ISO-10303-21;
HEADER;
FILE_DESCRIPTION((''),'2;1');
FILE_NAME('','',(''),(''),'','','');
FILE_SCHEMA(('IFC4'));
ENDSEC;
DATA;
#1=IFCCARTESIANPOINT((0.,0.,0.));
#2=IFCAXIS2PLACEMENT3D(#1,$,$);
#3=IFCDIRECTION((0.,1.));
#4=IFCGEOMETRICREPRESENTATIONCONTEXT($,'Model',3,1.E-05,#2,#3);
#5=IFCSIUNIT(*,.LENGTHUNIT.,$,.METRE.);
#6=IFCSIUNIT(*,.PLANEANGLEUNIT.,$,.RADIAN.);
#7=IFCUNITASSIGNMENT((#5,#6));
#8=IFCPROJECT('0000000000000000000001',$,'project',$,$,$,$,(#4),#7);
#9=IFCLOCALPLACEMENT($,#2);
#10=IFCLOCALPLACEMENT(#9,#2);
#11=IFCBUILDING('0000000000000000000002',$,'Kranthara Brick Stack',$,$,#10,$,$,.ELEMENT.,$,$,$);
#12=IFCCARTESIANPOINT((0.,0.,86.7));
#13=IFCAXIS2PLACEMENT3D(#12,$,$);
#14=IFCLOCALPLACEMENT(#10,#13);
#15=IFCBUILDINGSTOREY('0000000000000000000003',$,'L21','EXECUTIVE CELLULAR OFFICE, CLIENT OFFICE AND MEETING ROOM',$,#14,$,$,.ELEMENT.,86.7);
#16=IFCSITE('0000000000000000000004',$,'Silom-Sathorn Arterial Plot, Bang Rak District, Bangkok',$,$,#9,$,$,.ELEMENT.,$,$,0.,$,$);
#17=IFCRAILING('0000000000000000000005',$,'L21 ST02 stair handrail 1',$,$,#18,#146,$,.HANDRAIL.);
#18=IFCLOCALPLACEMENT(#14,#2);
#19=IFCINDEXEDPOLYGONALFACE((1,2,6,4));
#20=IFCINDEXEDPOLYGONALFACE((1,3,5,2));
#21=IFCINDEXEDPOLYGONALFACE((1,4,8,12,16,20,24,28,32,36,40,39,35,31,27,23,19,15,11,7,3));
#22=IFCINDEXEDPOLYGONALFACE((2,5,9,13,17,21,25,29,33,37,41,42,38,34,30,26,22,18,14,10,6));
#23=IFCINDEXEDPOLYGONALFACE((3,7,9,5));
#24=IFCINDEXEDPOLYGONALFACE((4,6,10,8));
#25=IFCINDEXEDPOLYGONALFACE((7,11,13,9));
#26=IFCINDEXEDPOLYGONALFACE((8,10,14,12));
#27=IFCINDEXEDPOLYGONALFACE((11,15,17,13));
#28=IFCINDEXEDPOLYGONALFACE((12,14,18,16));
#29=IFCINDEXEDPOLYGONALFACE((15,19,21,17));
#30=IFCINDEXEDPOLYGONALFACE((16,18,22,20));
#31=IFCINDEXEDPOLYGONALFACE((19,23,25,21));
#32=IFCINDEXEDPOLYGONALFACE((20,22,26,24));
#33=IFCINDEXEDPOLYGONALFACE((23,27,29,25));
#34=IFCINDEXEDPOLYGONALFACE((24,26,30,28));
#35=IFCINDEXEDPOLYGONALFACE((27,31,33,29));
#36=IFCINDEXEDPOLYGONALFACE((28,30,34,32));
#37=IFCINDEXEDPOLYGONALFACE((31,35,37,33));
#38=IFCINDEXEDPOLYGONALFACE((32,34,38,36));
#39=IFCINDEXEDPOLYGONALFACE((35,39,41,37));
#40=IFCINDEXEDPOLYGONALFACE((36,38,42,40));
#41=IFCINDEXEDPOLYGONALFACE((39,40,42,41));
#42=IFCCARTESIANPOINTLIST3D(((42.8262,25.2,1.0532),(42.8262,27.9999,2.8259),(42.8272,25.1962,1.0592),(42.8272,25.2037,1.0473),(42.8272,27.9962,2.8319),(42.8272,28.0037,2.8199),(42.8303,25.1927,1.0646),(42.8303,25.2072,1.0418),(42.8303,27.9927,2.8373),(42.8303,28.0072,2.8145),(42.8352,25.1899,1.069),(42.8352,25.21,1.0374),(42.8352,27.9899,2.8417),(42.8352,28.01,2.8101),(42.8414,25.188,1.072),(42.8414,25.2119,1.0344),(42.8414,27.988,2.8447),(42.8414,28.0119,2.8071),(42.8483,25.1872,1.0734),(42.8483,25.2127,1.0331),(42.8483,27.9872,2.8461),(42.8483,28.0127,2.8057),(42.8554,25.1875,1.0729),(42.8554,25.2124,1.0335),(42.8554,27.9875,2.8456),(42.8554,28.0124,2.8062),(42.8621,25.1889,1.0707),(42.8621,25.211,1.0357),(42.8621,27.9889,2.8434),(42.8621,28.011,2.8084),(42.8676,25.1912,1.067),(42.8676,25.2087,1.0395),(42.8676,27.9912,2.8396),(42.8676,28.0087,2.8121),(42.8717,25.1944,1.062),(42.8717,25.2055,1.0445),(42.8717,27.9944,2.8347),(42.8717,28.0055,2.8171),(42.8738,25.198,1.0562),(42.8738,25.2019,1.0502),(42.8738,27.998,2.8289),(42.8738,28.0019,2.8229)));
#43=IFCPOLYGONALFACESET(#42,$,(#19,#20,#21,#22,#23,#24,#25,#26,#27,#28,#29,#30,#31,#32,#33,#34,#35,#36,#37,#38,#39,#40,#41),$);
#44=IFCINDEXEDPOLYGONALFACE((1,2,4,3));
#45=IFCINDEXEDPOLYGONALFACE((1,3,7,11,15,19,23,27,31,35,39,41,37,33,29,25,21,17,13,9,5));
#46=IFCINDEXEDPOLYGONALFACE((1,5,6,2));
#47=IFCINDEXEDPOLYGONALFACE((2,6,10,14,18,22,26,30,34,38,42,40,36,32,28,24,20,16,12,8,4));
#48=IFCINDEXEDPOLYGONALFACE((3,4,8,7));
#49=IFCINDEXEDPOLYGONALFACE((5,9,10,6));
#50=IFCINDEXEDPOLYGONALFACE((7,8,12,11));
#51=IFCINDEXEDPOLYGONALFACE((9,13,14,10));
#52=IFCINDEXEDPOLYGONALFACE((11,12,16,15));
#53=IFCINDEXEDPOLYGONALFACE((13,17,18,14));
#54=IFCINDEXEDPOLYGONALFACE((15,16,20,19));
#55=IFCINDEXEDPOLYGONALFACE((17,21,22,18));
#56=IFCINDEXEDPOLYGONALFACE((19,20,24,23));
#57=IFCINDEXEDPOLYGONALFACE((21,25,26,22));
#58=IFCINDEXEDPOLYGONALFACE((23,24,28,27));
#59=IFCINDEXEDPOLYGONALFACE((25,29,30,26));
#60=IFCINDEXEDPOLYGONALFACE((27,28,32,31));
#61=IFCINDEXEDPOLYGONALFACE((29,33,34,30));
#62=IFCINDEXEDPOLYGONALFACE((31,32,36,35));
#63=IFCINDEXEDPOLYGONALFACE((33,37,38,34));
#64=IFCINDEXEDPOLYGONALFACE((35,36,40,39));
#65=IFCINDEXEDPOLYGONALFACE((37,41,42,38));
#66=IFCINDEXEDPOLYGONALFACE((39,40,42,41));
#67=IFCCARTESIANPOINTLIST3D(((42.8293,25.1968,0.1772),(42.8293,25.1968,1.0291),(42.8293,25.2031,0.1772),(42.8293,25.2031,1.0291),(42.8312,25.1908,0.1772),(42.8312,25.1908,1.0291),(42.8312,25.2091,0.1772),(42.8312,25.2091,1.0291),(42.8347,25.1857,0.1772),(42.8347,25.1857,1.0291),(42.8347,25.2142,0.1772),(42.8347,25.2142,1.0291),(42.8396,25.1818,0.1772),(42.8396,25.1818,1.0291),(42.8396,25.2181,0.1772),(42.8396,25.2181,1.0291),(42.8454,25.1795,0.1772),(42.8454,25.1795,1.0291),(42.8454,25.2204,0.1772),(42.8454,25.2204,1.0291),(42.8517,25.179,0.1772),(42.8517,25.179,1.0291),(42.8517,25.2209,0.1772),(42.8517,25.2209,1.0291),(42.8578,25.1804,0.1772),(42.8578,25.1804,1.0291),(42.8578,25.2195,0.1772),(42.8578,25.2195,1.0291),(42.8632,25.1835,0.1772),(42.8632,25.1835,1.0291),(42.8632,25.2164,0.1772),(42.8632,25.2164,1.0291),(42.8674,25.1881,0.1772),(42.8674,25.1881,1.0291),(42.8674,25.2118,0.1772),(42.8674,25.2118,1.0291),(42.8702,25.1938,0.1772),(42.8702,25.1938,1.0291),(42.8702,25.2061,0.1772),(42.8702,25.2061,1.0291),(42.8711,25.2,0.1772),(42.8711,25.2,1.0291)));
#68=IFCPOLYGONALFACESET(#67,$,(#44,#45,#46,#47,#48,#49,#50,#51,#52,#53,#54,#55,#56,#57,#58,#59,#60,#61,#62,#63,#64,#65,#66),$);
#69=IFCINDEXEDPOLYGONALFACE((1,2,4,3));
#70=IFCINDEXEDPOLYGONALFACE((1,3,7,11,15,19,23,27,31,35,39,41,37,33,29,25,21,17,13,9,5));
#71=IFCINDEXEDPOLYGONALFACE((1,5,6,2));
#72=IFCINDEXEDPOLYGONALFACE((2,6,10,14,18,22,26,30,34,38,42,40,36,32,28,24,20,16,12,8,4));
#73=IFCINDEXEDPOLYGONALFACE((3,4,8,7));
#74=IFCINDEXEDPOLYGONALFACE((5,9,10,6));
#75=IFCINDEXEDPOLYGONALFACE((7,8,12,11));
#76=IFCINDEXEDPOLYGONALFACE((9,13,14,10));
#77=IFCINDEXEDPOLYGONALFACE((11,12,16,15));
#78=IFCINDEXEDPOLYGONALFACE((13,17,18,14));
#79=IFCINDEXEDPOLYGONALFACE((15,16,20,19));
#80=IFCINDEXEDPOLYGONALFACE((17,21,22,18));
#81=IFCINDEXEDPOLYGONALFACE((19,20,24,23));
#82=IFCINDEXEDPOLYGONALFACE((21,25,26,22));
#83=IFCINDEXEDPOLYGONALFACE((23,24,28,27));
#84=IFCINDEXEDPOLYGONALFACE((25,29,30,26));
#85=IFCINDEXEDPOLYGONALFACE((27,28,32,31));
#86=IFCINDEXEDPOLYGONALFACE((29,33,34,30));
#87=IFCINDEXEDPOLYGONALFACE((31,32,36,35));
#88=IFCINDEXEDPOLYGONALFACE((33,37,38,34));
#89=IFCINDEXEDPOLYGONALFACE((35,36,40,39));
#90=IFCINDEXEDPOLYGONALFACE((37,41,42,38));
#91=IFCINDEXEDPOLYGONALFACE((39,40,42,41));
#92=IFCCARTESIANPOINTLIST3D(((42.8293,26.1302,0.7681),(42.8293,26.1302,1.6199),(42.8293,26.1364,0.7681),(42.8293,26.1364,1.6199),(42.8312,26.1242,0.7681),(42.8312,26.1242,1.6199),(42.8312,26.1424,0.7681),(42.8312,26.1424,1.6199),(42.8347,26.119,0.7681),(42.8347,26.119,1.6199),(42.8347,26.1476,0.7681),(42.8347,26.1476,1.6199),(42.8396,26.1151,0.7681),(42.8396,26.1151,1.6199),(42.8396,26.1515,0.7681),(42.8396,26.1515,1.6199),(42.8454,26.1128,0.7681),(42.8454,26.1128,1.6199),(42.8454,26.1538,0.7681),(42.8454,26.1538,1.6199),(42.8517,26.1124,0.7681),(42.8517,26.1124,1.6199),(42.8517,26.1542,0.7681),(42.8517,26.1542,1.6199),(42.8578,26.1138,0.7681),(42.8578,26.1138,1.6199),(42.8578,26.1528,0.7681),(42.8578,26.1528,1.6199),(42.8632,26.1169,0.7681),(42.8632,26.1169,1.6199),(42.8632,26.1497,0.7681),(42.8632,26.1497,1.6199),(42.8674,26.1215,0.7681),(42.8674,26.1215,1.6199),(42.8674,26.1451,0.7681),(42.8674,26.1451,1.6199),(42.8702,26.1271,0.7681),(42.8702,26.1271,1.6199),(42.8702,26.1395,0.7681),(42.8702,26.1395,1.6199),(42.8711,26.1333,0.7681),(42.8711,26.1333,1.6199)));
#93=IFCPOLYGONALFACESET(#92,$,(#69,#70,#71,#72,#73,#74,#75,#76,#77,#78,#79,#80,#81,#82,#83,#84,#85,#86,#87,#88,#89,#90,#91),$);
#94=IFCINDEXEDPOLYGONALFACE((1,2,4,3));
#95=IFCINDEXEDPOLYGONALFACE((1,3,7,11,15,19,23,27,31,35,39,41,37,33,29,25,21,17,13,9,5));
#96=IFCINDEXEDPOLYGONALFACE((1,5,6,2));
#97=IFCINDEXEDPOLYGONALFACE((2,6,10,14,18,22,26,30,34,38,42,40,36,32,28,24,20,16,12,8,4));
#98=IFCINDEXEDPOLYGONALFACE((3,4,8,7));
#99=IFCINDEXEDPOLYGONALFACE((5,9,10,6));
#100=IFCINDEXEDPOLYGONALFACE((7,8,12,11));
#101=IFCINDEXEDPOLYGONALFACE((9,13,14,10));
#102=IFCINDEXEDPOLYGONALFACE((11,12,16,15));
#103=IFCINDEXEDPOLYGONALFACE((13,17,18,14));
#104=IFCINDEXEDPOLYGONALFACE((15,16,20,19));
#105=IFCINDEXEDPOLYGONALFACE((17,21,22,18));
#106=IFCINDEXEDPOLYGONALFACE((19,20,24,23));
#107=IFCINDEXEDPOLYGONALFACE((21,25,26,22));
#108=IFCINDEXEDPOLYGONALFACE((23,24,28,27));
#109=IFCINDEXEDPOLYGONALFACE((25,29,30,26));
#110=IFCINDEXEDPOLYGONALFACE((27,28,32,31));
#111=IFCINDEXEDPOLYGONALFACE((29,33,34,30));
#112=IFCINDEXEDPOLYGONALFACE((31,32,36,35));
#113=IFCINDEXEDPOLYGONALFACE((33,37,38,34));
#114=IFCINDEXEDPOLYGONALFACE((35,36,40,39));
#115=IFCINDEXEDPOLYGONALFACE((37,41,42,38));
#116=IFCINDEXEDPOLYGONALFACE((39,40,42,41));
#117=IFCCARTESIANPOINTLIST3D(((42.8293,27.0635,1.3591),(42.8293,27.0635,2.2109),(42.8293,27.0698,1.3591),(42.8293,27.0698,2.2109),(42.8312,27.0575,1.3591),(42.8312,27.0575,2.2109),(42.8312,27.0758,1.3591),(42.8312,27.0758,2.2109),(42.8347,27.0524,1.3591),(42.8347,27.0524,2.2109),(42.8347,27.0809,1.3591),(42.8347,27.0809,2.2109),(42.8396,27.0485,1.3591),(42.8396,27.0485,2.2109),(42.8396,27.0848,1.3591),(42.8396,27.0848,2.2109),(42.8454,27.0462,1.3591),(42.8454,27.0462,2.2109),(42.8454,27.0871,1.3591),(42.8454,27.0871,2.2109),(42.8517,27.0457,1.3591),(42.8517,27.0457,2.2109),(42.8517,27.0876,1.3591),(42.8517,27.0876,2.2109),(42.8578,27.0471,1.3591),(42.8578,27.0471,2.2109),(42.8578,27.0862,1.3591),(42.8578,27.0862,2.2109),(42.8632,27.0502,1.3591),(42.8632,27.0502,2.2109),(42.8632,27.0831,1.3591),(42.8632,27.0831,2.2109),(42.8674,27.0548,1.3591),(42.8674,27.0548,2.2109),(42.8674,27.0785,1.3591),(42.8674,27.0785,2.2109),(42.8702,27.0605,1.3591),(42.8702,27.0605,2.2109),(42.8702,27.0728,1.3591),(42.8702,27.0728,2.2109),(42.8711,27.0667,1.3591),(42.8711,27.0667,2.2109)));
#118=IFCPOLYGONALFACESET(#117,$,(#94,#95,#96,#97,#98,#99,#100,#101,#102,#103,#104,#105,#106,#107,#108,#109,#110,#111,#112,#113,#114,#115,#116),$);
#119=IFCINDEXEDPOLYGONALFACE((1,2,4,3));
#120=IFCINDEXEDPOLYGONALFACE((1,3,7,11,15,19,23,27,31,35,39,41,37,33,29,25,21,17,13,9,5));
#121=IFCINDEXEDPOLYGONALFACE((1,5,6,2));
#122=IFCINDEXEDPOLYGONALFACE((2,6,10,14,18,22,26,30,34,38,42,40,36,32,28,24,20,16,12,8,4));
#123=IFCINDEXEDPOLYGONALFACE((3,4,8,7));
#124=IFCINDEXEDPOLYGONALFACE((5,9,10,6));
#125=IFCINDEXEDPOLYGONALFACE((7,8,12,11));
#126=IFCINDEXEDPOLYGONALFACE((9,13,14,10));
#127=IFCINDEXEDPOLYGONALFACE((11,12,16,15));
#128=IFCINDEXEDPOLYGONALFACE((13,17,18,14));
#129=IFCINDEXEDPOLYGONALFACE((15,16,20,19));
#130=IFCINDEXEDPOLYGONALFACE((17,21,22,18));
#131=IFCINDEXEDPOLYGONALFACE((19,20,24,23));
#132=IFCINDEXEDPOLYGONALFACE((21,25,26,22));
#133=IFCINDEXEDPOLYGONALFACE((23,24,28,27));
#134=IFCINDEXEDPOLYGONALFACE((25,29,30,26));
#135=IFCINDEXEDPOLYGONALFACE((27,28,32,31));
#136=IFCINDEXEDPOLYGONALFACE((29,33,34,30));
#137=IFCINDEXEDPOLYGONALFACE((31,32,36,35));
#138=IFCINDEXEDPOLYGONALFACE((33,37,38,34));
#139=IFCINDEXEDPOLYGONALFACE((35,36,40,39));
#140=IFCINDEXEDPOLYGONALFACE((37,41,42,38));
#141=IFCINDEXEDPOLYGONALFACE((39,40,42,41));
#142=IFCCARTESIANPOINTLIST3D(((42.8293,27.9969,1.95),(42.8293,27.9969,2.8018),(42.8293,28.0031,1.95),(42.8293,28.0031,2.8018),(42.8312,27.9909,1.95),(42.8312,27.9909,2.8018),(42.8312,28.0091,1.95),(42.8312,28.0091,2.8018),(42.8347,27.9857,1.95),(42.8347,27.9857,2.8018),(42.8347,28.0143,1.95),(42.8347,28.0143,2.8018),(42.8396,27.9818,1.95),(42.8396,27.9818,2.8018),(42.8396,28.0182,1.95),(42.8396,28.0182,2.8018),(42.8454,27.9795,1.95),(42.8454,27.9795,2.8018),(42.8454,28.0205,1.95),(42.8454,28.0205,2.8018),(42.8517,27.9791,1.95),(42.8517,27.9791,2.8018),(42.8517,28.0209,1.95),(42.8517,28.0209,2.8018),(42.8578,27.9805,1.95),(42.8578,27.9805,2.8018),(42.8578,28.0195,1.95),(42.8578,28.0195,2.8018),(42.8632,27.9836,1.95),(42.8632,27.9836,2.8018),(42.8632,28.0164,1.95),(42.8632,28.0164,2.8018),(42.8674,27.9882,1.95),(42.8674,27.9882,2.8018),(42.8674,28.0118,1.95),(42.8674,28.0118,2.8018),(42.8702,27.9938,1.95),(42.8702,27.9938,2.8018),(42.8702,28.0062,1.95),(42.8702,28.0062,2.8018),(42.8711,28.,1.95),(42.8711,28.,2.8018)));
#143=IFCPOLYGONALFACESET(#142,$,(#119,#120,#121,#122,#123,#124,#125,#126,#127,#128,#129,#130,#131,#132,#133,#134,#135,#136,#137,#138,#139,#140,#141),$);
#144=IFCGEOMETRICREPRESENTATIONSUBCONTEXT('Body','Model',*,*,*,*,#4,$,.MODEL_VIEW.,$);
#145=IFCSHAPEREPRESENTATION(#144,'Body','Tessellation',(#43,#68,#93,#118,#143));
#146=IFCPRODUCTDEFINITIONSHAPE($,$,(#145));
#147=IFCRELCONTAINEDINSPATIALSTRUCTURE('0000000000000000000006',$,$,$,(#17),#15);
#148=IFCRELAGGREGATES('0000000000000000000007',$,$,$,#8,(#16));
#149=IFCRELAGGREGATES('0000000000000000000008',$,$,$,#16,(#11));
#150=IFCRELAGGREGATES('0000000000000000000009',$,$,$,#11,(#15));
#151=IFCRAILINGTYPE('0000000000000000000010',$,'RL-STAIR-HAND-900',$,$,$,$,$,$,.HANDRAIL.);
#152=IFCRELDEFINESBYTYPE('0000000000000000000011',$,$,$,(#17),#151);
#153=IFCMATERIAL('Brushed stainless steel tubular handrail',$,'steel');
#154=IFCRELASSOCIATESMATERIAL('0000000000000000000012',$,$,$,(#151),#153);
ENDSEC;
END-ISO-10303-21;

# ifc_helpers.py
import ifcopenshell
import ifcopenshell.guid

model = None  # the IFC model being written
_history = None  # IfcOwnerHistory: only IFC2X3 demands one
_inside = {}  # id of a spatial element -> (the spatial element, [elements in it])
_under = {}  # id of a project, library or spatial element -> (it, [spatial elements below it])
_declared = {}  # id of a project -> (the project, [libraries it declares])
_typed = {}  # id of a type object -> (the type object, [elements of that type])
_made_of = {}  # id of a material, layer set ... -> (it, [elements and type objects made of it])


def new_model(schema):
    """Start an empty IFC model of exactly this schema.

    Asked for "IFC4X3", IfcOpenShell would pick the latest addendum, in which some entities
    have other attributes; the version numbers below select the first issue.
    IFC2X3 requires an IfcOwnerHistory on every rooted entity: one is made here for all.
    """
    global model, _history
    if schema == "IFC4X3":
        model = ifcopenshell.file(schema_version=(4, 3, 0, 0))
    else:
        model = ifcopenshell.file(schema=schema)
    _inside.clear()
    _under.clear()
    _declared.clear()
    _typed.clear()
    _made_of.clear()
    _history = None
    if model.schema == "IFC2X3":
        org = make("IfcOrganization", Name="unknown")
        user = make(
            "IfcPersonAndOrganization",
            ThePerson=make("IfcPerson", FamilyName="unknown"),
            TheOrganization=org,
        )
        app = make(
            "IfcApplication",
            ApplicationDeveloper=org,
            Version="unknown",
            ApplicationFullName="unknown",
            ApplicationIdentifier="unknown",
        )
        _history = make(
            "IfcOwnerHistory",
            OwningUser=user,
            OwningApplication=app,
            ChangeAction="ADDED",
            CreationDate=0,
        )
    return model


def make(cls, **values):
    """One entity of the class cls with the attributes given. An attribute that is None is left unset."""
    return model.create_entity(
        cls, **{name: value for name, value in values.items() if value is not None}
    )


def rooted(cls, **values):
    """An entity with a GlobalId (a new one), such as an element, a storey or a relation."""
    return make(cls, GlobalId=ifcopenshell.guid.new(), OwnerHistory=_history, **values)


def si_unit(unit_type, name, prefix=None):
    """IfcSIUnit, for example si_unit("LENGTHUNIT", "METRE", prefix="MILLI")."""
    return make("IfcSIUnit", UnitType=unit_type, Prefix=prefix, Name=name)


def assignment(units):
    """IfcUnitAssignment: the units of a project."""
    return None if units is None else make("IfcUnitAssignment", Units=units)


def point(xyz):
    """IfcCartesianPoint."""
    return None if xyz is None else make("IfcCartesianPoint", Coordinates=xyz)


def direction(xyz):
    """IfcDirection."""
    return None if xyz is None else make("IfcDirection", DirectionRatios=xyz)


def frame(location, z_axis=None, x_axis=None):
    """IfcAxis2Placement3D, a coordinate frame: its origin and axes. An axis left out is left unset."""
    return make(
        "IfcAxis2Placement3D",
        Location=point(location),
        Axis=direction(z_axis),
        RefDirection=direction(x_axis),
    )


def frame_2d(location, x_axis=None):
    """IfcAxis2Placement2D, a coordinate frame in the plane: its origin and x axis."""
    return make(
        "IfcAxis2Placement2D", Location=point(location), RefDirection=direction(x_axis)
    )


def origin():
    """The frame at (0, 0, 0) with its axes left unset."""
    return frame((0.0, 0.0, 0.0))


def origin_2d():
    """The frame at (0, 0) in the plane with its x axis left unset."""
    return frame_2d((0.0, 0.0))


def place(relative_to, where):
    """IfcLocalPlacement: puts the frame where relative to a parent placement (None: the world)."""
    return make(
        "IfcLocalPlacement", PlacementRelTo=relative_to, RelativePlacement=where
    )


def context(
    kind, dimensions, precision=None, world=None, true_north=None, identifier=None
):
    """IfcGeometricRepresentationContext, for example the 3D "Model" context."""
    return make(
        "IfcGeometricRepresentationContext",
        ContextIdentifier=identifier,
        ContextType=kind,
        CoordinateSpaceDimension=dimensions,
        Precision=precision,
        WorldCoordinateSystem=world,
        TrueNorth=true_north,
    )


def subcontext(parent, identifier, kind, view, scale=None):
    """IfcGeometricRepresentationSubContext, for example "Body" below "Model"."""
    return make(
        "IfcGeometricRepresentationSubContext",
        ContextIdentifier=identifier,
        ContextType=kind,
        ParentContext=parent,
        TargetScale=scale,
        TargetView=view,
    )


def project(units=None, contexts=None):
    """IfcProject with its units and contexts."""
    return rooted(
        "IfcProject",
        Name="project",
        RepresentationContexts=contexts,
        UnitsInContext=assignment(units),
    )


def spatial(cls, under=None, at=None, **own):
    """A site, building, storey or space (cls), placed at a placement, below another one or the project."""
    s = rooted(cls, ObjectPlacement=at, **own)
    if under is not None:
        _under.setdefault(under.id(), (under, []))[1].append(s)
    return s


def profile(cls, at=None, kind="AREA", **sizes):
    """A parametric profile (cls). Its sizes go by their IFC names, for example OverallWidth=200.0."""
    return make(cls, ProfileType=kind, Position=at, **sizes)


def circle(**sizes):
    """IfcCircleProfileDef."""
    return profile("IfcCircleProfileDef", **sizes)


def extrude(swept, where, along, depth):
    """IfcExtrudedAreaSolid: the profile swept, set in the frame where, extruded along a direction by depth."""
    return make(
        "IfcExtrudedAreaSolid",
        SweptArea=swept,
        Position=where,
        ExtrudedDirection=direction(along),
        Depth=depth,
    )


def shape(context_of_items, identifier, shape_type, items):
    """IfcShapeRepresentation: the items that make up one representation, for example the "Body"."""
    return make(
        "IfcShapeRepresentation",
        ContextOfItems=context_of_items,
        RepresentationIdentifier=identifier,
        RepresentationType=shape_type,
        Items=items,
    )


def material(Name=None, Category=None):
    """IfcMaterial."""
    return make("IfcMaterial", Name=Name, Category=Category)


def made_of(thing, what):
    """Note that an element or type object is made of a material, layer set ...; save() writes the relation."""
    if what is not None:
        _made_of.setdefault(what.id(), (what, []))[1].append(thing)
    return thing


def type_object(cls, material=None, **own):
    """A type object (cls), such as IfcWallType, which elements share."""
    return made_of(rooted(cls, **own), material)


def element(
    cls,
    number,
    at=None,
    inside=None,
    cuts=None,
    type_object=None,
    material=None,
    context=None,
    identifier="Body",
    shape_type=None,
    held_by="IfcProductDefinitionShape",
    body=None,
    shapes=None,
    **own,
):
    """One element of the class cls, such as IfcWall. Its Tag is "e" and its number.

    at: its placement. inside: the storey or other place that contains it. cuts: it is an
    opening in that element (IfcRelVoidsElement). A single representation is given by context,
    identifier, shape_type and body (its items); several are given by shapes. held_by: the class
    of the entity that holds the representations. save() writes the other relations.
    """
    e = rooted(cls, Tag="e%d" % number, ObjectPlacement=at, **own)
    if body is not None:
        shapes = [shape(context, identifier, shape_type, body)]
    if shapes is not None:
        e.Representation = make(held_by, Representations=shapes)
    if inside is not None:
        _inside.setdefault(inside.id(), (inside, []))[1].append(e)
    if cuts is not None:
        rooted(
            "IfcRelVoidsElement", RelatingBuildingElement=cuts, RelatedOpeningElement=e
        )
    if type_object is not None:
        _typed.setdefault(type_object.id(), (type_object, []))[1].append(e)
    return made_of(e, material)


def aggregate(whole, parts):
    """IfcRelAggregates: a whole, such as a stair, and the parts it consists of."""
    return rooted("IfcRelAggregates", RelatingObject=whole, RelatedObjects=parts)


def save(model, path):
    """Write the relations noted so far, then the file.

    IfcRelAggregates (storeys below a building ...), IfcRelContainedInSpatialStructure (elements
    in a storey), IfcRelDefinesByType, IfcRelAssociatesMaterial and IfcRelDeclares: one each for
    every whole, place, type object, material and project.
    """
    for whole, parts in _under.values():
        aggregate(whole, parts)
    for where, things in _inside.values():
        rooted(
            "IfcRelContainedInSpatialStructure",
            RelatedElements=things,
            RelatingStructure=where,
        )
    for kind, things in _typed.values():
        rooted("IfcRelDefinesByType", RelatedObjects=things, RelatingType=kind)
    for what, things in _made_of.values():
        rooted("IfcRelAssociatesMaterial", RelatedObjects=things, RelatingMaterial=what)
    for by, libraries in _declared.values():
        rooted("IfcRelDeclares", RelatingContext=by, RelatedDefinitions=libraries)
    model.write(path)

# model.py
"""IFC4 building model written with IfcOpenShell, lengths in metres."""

from ifc_helpers import new_model, si_unit, direction, frame, origin, origin_2d, place, context, subcontext, project, spatial, circle, extrude, material, type_object, element, save


model = new_model("IFC4")

# Units and contexts
model_context = context("Model", 3, precision=1e-05, world=origin(), true_north=direction((0.0, 1.0)))
body_context = subcontext(model_context, "Body", "Model", "MODEL_VIEW")
ifc_project = project(units=[si_unit("LENGTHUNIT", "METRE"), si_unit("PLANEANGLEUNIT", "RADIAN")], contexts=[model_context])

# Site, building, storey
site_placement = place(None, origin())
site = spatial("IfcSite", under=ifc_project, at=site_placement, Name="Silom-Sathorn Arterial Plot, Bang Rak District, Bangkok", CompositionType="ELEMENT", RefElevation=0.0)
building_placement = place(site_placement, origin())
building = spatial("IfcBuilding", under=site, at=building_placement, Name="Kranthara Brick Stack", CompositionType="ELEMENT")
storey_placement = place(building_placement, frame((0.0, 0.0, 86.7)))
storey = spatial("IfcBuildingStorey", under=building, at=storey_placement, Name="L21", Description="EXECUTIVE CELLULAR OFFICE, CLIENT OFFICE AND MEETING ROOM", CompositionType="ELEMENT", Elevation=86.7)

# Railing
ifc_material_1 = material(Name="Brushed stainless steel tubular handrail", Category="steel")
railing_type_1 = type_object("IfcRailingType", Name="RL-STAIR-HAND-900", PredefinedType="HANDRAIL", material=ifc_material_1)
railing_1_placement = place(storey_placement, frame((42.8501, 25.2, 0.1772)))
element("IfcRailing", 1, at=railing_1_placement, inside=storey, type_object=railing_type_1, Name="L21 ST02 stair handrail 1", PredefinedType="HANDRAIL", context=body_context, shape_type="SweptSolid", body=[
    extrude(circle(Radius=0.0239, at=origin_2d()), frame((0.0, 0.0, 0.876), z_axis=(0.0, 0.844909, 0.53491), x_axis=(-1.0, 0.0, 0.0)), (0.0, 0.0, 1.0), 3.314),
    extrude(circle(Radius=0.021, at=origin_2d()), origin(), (0.0, 0.0, 1.0), 0.8518),
    extrude(circle(Radius=0.021, at=origin_2d()), frame((0.0, 0.9333, 0.5908)), (0.0, 0.0, 1.0), 0.8518),
    extrude(circle(Radius=0.021, at=origin_2d()), frame((0.0, 1.8667, 1.1819)), (0.0, 0.0, 1.0), 0.8518),
    extrude(circle(Radius=0.021, at=origin_2d()), frame((0.0, 2.8, 1.7727)), (0.0, 0.0, 1.0), 0.8518),
])

save(model, "model.ifc")
